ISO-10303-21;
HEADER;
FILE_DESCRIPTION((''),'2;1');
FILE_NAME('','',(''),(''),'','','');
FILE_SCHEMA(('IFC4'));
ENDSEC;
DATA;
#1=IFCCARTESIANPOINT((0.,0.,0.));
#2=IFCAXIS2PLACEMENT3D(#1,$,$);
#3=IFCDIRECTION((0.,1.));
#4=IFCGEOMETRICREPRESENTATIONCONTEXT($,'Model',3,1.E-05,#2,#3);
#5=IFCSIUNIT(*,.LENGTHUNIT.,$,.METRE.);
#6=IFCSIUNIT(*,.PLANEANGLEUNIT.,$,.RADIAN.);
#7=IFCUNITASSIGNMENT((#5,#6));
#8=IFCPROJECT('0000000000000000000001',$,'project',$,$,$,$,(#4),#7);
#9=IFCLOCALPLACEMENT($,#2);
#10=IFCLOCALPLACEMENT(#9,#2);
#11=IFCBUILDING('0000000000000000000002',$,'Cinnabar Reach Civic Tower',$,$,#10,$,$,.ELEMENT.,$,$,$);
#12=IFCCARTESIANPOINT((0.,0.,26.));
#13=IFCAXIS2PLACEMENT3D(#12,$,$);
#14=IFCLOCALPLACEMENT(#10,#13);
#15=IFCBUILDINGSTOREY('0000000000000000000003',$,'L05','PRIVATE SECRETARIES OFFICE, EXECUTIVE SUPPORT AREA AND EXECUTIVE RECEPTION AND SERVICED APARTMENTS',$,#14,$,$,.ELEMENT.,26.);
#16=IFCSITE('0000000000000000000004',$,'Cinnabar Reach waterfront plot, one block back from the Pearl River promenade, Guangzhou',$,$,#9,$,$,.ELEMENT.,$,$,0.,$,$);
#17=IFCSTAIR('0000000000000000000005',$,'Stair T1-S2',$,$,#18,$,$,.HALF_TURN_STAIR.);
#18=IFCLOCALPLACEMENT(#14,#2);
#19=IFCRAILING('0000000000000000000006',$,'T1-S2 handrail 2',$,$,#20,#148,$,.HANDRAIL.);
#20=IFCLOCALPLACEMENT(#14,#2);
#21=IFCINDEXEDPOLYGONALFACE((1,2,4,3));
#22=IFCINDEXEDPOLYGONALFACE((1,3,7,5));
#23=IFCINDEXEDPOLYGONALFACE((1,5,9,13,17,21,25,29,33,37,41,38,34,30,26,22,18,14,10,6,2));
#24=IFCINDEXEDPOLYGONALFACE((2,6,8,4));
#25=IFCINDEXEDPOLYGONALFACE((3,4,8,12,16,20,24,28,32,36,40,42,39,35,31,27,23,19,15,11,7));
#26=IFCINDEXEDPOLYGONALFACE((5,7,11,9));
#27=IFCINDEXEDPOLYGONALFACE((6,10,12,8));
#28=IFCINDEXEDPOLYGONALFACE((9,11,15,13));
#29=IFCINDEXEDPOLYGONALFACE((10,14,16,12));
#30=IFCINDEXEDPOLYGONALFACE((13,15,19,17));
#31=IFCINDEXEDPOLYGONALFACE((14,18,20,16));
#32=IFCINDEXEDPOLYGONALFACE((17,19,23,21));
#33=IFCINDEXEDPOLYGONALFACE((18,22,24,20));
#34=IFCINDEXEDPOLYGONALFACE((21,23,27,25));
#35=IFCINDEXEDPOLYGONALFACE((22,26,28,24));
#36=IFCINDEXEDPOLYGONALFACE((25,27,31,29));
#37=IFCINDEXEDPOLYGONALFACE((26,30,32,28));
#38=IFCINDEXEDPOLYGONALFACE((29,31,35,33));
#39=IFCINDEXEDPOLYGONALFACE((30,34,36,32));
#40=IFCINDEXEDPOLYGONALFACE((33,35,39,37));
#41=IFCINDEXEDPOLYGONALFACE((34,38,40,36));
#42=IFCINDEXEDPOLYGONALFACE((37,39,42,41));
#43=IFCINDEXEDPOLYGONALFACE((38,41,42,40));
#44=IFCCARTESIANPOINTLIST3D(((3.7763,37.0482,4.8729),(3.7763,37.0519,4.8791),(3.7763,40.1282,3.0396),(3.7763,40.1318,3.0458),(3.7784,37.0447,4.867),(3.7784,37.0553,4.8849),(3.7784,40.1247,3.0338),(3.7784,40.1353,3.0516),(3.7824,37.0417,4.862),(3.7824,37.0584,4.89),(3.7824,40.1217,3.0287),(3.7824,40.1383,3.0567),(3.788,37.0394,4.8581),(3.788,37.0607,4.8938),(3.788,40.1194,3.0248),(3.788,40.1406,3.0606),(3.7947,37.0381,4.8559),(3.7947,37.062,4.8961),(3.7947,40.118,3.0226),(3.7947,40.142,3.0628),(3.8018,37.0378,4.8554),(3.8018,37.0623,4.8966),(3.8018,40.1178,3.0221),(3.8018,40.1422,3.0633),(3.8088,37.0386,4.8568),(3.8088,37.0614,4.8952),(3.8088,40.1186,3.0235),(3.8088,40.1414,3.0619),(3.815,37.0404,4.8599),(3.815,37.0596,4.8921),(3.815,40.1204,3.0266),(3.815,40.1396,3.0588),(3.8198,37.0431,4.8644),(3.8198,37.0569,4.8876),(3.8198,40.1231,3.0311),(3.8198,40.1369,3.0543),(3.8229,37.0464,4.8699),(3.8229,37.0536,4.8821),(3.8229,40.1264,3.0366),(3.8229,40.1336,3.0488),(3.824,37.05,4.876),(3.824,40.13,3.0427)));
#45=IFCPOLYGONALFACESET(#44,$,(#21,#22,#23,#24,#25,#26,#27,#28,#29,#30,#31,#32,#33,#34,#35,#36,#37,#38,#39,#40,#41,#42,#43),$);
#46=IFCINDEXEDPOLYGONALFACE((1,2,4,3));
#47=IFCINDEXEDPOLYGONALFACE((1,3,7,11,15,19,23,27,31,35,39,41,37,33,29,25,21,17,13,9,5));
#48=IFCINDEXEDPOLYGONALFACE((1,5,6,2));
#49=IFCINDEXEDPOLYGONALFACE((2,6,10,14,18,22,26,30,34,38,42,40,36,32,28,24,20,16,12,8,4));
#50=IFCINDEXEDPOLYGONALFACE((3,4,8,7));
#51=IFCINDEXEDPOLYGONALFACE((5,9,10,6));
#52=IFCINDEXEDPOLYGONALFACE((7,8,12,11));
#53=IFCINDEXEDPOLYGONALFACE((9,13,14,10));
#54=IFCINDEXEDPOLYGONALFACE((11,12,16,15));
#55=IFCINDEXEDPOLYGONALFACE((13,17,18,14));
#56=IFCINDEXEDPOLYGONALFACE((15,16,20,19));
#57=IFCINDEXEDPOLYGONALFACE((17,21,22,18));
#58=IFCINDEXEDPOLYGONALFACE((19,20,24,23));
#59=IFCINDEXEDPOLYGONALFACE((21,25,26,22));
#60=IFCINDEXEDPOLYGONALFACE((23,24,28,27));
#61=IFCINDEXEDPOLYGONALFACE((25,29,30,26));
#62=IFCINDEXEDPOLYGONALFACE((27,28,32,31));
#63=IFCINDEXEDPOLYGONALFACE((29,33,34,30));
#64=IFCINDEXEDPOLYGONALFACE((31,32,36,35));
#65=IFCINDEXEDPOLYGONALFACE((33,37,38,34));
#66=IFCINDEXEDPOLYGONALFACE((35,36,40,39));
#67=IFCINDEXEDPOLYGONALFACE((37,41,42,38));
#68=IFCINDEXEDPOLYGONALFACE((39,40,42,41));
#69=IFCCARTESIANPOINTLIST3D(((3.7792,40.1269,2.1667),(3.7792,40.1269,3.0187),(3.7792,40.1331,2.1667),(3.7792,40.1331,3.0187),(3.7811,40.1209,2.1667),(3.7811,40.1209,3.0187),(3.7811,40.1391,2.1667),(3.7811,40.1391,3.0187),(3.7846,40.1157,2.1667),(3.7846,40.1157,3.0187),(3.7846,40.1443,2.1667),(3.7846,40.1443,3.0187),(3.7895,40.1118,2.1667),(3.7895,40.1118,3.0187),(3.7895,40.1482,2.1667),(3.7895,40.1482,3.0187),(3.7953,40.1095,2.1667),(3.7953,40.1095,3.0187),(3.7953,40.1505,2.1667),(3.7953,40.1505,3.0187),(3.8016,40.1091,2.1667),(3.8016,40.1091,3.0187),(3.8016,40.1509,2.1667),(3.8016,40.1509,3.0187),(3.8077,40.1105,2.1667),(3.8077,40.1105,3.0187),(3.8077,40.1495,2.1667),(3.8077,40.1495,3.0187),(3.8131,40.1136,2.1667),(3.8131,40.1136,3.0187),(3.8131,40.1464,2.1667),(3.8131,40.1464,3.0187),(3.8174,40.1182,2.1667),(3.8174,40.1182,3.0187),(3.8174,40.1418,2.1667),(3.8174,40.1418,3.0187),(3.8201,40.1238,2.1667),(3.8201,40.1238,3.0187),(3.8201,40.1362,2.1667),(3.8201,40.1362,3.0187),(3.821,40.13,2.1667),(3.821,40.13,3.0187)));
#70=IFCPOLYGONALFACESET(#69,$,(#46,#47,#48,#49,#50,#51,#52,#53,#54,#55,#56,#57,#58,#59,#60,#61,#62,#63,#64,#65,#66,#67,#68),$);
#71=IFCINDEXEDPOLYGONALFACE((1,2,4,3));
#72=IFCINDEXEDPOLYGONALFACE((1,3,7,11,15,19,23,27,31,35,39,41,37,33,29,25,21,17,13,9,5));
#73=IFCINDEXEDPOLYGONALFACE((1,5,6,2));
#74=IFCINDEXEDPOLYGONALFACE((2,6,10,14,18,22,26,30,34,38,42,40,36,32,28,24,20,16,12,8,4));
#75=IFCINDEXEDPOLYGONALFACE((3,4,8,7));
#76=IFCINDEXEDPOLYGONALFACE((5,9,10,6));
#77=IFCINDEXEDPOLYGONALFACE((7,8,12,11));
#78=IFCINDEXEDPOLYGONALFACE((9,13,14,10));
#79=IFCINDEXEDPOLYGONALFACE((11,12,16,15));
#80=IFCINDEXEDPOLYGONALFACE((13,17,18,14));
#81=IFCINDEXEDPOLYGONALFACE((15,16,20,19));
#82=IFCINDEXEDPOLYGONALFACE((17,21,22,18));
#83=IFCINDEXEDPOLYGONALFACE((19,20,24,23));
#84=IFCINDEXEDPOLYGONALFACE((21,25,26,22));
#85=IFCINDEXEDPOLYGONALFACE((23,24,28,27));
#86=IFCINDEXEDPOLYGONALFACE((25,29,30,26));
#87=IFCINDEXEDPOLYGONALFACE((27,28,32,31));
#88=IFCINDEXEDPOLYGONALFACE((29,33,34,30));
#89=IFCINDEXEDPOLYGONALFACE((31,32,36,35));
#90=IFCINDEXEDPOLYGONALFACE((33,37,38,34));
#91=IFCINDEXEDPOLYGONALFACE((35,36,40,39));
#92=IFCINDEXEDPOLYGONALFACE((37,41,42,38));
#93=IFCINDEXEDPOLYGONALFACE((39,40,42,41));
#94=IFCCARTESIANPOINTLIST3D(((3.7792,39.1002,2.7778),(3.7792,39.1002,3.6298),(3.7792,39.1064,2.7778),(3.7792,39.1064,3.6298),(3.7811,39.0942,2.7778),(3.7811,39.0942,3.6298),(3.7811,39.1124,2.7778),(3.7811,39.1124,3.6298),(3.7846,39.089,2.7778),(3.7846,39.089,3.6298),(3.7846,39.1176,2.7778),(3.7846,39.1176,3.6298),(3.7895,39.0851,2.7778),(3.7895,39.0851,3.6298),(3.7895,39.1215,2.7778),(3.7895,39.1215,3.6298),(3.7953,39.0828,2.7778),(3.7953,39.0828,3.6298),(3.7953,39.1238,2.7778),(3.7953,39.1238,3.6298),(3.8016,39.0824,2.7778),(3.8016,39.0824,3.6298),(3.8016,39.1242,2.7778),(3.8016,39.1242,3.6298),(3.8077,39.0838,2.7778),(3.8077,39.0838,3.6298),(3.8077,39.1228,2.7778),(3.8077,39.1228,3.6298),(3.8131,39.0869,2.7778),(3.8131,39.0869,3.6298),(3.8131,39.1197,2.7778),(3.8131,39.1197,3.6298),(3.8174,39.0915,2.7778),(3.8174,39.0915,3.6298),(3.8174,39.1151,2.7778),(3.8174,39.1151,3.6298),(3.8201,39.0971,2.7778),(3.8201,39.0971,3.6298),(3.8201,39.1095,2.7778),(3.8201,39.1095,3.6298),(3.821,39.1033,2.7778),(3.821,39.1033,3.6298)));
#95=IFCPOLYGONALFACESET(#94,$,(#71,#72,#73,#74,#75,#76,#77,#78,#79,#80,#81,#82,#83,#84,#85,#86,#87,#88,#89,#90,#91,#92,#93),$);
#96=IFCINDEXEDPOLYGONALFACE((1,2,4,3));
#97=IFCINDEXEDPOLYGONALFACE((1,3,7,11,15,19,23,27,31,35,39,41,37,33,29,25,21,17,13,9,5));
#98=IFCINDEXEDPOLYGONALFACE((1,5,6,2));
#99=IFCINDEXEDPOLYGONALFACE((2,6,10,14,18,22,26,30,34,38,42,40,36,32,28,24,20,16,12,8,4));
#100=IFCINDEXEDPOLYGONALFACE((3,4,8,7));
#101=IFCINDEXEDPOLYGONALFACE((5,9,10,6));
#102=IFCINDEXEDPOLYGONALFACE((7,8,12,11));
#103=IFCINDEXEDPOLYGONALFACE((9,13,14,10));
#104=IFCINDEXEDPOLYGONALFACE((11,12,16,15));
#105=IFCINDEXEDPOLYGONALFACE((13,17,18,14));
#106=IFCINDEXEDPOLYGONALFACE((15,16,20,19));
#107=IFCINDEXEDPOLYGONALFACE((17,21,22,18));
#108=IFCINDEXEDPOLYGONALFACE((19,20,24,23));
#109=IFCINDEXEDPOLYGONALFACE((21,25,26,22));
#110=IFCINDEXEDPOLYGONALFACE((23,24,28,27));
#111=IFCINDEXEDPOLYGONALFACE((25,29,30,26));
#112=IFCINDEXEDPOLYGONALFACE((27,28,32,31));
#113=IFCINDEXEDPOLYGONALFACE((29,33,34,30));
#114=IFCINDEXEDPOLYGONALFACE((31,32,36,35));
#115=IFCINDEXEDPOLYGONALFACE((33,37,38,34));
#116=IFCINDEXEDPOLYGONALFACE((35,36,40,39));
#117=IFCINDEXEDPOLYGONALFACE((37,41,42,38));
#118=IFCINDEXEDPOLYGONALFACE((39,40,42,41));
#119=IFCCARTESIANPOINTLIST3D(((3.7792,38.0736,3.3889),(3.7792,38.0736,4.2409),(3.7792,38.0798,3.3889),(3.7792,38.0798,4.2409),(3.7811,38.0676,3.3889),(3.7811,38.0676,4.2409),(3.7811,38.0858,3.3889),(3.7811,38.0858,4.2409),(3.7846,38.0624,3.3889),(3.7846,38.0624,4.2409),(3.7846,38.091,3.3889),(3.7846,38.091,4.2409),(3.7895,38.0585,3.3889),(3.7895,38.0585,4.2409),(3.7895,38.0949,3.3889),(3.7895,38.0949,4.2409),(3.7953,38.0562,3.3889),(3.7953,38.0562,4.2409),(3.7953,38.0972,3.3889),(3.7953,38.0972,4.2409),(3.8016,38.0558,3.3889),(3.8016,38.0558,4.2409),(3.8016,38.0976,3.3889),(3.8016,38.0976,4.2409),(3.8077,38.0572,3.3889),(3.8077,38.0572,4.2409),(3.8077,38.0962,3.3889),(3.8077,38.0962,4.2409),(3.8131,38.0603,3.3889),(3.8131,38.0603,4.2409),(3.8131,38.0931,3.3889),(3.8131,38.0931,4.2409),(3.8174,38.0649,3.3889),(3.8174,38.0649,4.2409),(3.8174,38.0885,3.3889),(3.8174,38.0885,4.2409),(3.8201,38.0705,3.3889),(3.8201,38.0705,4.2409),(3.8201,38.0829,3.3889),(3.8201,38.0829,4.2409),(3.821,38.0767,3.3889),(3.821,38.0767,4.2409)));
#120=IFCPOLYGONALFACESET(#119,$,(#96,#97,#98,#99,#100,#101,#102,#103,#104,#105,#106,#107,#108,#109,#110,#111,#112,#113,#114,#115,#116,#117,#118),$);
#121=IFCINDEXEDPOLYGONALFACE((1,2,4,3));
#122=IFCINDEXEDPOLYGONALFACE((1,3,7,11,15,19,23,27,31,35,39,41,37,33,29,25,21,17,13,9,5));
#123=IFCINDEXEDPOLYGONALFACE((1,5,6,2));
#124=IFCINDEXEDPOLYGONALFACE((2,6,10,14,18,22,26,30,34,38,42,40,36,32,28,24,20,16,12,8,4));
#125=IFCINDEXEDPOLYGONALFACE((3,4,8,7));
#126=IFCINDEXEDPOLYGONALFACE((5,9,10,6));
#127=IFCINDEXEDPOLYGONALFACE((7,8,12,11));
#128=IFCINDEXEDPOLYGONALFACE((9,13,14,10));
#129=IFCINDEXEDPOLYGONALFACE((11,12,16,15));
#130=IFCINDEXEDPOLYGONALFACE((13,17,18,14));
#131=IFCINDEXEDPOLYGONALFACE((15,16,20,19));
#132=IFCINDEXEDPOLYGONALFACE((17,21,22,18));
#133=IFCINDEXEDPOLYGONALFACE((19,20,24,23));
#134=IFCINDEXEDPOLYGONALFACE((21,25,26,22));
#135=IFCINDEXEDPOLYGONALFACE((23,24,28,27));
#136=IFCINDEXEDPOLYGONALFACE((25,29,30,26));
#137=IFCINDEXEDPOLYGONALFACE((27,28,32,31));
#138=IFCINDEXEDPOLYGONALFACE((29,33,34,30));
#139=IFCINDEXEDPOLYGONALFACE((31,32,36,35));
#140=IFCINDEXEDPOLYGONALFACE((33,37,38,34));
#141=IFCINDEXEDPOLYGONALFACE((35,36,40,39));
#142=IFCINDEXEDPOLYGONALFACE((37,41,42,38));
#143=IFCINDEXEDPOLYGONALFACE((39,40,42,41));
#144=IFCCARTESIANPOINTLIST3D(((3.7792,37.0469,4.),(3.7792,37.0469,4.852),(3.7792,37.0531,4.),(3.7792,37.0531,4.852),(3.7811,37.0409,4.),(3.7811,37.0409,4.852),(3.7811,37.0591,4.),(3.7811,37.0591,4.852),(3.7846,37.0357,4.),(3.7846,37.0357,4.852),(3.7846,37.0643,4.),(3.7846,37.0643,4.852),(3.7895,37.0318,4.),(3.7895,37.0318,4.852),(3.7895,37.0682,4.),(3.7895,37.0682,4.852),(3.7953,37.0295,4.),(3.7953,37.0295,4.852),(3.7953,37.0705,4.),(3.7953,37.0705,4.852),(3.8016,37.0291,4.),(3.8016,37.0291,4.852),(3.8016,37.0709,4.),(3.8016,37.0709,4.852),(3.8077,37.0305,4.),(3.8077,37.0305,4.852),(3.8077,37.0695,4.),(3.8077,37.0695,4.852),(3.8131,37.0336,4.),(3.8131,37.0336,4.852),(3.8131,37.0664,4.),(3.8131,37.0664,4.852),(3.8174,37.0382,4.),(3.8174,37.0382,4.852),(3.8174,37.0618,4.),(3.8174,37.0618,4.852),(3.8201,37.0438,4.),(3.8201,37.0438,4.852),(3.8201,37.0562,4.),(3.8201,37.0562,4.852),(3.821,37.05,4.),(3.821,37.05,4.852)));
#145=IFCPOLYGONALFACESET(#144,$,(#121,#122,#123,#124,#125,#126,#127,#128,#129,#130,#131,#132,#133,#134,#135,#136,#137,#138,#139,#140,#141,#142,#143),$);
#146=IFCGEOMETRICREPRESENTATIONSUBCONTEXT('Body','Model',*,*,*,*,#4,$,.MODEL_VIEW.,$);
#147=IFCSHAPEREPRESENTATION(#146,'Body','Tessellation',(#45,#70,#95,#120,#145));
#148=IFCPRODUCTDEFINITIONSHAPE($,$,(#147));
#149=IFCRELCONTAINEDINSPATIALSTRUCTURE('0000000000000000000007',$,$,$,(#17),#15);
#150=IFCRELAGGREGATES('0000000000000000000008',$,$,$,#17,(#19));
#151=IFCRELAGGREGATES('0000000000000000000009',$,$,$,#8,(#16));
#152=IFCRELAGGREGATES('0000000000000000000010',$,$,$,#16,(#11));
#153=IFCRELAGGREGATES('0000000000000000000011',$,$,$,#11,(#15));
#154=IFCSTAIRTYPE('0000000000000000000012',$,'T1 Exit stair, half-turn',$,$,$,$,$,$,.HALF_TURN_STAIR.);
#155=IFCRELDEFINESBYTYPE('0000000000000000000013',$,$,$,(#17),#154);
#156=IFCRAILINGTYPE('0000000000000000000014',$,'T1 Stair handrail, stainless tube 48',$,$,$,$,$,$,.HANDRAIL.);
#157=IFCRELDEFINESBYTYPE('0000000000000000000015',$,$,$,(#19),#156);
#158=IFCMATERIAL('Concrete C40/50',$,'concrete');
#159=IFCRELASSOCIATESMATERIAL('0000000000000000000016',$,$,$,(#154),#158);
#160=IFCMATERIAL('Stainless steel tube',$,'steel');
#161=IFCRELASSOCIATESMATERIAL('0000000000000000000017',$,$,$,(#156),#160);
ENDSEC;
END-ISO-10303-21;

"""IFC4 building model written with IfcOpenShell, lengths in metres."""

from ifc_helpers import new_model, si_unit, direction, frame, origin, origin_2d, place, context, subcontext, project, spatial, circle, extrude, material, type_object, element, aggregate, save


model = new_model("IFC4")

# Units and contexts
model_context = context("Model", 3, precision=1e-05, world=origin(), true_north=direction((0.0, 1.0)))
body_context = subcontext(model_context, "Body", "Model", "MODEL_VIEW")
ifc_project = project(units=[si_unit("LENGTHUNIT", "METRE"), si_unit("PLANEANGLEUNIT", "RADIAN")], contexts=[model_context])

# Site, building, storey
site_placement = place(None, origin())
site = spatial("IfcSite", under=ifc_project, at=site_placement, Name="Cinnabar Reach waterfront plot, one block back from the Pearl River promenade, Guangzhou", CompositionType="ELEMENT", RefElevation=0.0)
building_placement = place(site_placement, origin())
building = spatial("IfcBuilding", under=site, at=building_placement, Name="Cinnabar Reach Civic Tower", CompositionType="ELEMENT")
storey_placement = place(building_placement, frame((0.0, 0.0, 26.0)))
storey = spatial("IfcBuildingStorey", under=building, at=storey_placement, Name="L05", Description="PRIVATE SECRETARIES OFFICE, EXECUTIVE SUPPORT AREA AND EXECUTIVE RECEPTION AND SERVICED APARTMENTS", CompositionType="ELEMENT", Elevation=26.0)

# Shared definitions
ifc_material_1 = material(Name="Concrete C40/50", Category="concrete")

# Stair, railing
stair_type = type_object("IfcStairType", Name="T1 Exit stair, half-turn", PredefinedType="HALF_TURN_STAIR", material=ifc_material_1)
stair_placement = place(storey_placement, origin())
stair = element("IfcStair", 1, at=stair_placement, inside=storey, type_object=stair_type, Name="Stair T1-S2", PredefinedType="HALF_TURN_STAIR")
ifc_material_2 = material(Name="Stainless steel tube", Category="steel")
railing_type = type_object("IfcRailingType", Name="T1 Stair handrail, stainless tube 48", PredefinedType="HANDRAIL", material=ifc_material_2)
railing_1_placement = place(storey_placement, frame((3.8, 40.13, 2.1667)))
railing_1 = element("IfcRailing", 2, at=railing_1_placement, type_object=railing_type, Name="T1-S2 handrail 2", PredefinedType="HANDRAIL", context=body_context, shape_type="SweptSolid", body=[
    extrude(circle(Radius=0.024, at=origin_2d()), frame((0.0, 0.0, 0.876), z_axis=(0.0, -0.859297, 0.511477), x_axis=(1.0, 0.0, 0.0)), (0.0, 0.0, 1.0), 3.5843),
    extrude(circle(Radius=0.021, at=origin_2d()), origin(), (0.0, 0.0, 1.0), 0.852),
    extrude(circle(Radius=0.021, at=origin_2d()), frame((0.0, -1.0267, 0.6111)), (0.0, 0.0, 1.0), 0.852),
    extrude(circle(Radius=0.021, at=origin_2d()), frame((0.0, -2.0533, 1.2222)), (0.0, 0.0, 1.0), 0.852),
    extrude(circle(Radius=0.021, at=origin_2d()), frame((0.0, -3.08, 1.8333)), (0.0, 0.0, 1.0), 0.852),
])
aggregate(stair, [railing_1])

save(model, "model.ifc")
